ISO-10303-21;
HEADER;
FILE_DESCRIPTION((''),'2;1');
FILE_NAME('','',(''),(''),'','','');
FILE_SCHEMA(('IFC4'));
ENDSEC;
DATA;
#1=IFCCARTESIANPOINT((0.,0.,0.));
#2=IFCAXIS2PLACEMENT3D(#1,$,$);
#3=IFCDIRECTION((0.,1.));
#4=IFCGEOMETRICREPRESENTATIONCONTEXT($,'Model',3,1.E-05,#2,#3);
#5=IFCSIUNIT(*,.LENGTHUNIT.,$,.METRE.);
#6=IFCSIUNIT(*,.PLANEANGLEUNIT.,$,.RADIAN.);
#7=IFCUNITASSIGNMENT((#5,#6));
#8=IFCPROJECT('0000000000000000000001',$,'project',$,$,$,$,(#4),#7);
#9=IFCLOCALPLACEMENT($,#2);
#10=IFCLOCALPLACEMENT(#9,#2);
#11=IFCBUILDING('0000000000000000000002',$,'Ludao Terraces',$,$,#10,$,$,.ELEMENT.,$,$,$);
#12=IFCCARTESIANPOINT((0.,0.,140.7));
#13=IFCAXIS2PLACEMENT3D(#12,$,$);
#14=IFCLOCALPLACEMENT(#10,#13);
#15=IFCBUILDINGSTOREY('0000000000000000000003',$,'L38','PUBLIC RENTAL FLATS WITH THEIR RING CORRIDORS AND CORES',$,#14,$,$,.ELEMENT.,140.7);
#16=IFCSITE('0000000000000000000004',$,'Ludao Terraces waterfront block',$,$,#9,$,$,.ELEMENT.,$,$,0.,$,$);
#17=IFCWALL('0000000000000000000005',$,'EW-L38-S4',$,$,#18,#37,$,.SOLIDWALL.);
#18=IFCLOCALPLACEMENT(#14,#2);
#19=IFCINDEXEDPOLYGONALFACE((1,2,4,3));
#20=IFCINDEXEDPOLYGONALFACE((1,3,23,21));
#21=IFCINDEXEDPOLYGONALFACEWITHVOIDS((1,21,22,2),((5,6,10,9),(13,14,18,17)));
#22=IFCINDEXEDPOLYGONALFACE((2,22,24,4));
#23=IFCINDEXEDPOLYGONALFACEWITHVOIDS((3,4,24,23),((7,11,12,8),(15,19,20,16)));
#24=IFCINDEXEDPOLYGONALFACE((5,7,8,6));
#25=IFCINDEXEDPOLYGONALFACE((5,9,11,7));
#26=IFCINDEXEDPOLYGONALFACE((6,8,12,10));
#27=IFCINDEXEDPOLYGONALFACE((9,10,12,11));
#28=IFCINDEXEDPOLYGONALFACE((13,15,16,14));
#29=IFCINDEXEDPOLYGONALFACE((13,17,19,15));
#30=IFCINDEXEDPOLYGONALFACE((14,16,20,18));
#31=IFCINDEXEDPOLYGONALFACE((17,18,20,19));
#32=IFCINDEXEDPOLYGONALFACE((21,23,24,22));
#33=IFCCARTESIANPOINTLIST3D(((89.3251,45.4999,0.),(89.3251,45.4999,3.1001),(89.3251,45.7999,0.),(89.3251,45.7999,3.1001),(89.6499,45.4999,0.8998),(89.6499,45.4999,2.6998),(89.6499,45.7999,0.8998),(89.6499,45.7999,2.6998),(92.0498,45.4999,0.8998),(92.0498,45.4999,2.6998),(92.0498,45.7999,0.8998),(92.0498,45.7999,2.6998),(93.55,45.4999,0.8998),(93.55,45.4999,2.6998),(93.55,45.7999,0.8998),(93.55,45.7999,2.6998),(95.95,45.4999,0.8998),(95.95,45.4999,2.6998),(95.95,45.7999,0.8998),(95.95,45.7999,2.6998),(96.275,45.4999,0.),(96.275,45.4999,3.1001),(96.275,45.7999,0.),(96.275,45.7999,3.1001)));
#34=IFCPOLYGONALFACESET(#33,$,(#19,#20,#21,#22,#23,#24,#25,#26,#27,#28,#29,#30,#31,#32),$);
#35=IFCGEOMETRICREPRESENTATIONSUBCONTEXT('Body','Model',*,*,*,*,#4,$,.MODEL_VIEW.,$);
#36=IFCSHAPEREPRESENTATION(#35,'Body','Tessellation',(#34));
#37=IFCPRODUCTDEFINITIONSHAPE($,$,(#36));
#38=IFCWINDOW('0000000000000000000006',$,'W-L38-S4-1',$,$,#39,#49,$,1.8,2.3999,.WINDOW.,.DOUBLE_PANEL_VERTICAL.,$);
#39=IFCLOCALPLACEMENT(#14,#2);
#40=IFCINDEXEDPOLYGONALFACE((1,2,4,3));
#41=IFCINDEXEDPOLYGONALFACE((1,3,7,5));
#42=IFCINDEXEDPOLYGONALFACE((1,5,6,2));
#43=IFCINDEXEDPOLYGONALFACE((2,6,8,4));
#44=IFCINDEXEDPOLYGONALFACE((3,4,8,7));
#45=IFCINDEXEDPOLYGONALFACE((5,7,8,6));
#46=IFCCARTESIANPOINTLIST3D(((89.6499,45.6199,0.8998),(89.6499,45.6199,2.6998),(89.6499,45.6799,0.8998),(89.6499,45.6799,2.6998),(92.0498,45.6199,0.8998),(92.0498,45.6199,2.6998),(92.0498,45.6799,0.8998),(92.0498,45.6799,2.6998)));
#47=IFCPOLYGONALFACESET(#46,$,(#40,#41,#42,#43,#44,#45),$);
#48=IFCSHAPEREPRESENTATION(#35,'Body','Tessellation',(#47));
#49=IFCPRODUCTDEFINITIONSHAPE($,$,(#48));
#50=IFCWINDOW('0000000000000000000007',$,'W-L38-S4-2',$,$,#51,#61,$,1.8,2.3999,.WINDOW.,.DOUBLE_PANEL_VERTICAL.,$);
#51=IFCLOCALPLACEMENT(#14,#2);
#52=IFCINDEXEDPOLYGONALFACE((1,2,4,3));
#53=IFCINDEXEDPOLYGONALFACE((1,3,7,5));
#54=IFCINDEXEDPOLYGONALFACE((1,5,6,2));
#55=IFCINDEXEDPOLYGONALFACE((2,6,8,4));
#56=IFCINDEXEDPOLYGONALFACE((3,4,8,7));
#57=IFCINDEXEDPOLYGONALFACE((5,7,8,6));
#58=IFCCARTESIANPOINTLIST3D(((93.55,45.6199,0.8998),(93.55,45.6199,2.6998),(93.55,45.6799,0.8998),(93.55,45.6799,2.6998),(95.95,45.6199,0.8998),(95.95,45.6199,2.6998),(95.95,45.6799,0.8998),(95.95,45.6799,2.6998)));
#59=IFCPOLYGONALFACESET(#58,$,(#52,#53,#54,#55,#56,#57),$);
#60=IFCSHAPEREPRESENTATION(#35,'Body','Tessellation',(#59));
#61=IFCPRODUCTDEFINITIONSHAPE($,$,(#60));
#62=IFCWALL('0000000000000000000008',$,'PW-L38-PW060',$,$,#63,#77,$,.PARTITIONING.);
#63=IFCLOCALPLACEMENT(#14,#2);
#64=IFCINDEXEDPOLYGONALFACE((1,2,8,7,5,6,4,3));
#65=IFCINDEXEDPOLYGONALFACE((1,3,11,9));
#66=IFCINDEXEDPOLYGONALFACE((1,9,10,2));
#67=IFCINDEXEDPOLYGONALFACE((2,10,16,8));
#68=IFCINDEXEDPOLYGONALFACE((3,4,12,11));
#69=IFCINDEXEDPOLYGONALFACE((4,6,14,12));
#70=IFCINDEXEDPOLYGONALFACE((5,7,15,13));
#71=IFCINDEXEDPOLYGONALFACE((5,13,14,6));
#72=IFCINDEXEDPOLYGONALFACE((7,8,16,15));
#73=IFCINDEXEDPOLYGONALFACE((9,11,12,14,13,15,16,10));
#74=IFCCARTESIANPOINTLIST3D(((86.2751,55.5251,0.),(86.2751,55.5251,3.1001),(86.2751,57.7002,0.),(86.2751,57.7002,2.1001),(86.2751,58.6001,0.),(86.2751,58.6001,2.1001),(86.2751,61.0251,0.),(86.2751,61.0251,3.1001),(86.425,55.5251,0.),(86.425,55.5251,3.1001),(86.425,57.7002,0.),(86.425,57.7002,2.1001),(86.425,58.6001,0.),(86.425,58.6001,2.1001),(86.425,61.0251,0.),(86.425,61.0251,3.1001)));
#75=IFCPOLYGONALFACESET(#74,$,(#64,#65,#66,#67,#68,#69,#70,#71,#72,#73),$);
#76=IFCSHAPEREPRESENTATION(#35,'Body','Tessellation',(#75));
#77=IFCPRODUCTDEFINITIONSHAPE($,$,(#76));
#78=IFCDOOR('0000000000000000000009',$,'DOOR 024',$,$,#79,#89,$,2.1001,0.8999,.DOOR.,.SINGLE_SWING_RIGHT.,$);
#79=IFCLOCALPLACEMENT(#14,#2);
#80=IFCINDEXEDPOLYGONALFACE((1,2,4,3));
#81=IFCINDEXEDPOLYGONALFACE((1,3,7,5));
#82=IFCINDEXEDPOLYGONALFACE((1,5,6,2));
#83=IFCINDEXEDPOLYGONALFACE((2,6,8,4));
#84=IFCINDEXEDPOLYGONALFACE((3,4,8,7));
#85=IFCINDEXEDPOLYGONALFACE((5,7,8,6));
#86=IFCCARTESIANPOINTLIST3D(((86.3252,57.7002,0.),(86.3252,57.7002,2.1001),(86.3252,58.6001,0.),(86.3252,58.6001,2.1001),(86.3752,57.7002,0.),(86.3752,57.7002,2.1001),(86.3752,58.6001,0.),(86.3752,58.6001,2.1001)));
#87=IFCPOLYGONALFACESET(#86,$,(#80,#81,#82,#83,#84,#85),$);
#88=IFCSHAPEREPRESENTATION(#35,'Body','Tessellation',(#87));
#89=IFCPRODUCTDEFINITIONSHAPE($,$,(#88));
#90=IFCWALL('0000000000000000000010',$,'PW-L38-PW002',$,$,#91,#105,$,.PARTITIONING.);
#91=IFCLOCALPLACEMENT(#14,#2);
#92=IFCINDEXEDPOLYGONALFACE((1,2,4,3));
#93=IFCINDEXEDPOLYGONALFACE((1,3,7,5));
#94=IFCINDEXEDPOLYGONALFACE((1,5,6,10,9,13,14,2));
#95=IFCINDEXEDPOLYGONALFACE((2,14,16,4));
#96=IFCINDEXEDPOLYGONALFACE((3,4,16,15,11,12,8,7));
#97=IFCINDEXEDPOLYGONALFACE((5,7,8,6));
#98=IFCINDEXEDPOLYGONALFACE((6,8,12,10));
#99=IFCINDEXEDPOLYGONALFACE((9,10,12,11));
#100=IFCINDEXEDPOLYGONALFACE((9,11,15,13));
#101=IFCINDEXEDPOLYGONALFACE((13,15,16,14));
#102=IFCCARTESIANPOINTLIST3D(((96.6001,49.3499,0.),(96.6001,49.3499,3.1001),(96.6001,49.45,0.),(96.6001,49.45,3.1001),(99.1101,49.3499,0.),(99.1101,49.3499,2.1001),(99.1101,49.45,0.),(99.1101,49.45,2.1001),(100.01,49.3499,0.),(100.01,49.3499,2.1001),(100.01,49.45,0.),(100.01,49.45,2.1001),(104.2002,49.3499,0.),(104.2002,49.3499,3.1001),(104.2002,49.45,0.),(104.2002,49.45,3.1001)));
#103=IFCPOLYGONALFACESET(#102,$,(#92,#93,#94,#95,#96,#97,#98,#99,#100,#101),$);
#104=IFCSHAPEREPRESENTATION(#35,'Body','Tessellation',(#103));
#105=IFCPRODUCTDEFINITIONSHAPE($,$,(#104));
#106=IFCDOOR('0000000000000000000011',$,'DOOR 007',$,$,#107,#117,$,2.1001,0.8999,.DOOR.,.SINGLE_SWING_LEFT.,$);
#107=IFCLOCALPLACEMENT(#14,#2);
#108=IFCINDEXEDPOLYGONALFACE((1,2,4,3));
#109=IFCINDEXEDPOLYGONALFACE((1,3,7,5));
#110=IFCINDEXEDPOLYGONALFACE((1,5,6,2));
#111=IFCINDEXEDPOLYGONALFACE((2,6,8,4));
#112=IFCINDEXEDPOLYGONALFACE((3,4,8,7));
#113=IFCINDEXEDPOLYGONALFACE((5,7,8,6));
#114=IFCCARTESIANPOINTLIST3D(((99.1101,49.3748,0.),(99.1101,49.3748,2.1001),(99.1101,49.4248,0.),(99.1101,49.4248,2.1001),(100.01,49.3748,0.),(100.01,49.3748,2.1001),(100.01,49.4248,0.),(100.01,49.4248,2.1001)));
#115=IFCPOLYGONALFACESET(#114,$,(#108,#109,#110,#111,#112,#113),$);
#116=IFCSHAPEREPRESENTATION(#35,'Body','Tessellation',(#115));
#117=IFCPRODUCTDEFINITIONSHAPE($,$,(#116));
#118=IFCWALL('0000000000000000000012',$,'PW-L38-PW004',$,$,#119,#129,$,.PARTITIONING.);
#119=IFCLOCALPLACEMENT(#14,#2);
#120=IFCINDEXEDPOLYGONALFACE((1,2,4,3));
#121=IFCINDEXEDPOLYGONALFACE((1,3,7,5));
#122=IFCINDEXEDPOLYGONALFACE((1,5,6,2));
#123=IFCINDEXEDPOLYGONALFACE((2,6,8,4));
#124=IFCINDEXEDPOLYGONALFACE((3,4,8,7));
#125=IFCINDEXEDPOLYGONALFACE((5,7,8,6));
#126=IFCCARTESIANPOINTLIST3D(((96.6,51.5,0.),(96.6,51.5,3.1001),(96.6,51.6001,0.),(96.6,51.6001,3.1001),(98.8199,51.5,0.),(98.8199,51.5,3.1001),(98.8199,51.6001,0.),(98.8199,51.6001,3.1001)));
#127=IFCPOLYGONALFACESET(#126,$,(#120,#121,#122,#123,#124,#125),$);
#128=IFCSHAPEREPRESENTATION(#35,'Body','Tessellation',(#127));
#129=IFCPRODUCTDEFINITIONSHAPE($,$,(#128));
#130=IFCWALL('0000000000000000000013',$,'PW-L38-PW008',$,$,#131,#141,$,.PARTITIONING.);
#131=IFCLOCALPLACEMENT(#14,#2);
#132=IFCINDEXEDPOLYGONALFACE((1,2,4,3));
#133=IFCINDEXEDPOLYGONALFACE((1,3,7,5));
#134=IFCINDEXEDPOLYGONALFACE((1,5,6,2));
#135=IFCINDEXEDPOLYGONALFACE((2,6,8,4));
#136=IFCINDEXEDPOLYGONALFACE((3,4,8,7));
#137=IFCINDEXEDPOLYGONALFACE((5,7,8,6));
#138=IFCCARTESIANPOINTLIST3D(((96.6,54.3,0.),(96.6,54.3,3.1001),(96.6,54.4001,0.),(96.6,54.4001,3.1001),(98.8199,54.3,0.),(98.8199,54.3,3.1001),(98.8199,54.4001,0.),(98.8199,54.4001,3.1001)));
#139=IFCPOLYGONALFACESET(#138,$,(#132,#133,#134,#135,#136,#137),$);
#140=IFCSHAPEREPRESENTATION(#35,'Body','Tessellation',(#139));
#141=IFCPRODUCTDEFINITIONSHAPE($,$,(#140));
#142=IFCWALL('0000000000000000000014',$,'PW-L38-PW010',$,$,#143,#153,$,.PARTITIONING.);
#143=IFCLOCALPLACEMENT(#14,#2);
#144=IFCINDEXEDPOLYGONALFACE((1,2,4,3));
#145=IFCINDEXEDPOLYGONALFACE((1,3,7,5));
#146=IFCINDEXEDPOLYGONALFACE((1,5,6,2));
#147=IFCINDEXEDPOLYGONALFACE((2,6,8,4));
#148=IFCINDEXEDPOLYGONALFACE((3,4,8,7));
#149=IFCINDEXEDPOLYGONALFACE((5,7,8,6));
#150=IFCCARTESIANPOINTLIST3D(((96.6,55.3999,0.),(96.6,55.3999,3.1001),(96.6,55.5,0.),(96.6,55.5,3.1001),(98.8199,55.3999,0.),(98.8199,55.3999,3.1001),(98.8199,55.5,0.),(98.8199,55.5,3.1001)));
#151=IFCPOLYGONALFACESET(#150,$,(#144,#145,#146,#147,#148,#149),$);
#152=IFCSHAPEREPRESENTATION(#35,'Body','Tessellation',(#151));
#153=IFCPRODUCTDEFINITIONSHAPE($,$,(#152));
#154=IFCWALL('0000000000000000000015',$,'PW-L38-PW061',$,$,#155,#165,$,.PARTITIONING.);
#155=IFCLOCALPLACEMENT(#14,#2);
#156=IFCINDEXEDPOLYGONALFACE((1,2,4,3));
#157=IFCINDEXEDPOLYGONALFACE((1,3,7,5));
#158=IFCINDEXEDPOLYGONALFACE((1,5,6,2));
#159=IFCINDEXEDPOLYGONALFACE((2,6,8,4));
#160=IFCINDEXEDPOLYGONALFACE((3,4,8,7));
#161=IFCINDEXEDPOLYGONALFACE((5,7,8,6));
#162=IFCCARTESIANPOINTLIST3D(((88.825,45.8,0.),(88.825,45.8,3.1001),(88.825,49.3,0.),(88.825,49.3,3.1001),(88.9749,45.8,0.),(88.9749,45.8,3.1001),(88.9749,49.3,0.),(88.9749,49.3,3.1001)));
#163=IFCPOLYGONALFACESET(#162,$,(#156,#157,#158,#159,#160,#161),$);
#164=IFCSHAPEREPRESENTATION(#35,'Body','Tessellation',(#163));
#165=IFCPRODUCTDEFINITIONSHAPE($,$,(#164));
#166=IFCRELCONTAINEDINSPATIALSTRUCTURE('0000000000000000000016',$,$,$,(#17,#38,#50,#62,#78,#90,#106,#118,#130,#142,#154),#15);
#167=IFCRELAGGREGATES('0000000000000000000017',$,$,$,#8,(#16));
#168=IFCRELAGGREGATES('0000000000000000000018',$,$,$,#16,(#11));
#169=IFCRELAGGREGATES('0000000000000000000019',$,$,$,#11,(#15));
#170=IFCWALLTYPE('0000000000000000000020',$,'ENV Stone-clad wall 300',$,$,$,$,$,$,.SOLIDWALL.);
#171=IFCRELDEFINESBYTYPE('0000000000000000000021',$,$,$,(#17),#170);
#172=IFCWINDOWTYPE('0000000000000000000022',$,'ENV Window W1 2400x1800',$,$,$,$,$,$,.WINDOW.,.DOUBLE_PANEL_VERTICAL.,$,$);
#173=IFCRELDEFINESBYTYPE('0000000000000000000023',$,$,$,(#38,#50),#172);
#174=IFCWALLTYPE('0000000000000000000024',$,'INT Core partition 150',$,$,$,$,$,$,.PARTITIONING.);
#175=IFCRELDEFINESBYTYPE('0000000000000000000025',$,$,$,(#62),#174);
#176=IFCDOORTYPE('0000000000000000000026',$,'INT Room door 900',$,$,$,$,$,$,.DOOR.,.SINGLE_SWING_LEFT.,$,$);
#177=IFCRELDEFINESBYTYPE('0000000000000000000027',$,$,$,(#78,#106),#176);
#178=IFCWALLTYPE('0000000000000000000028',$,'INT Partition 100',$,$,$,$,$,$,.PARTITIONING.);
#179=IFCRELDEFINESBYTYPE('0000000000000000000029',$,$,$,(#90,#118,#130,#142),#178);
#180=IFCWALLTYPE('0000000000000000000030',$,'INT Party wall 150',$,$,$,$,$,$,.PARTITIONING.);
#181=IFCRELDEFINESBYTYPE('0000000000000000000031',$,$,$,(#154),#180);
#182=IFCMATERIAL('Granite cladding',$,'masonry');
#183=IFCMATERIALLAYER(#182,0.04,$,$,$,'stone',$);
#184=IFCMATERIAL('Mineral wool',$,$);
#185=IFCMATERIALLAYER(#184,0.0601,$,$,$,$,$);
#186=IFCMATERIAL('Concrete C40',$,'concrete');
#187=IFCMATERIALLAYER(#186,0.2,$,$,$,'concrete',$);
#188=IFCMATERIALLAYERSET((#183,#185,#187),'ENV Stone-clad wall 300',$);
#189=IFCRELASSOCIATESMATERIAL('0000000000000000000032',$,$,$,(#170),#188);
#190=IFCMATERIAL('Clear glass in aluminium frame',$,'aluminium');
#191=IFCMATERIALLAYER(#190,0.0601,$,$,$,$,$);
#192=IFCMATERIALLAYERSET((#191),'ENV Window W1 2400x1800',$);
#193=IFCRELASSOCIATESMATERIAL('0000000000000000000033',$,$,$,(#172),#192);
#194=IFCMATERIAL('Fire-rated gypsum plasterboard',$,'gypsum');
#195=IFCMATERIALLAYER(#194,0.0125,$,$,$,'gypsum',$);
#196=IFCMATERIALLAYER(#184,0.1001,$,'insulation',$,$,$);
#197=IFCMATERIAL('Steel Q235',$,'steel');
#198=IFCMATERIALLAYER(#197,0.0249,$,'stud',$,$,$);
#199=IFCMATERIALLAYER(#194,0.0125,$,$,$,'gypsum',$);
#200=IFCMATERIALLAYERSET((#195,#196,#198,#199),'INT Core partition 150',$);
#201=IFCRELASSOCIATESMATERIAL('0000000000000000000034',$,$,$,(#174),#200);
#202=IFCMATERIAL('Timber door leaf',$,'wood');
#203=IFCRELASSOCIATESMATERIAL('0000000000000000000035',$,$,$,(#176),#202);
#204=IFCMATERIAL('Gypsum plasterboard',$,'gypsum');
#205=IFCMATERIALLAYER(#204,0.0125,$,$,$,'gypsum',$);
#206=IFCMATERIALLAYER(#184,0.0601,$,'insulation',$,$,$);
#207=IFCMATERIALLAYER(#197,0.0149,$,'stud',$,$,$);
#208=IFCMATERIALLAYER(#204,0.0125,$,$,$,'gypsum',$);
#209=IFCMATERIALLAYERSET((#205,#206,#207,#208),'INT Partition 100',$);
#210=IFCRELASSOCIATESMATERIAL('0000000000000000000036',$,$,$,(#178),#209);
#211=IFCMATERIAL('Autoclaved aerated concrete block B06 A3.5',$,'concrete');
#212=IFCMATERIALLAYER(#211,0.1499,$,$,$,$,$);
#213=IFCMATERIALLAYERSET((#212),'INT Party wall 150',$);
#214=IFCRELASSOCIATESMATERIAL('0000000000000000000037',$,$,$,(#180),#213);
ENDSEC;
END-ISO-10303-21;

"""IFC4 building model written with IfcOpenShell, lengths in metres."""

from ifc_helpers import new_model, si_unit, direction, frame, frame_2d, origin, place, context, subcontext, project, spatial, rectangle, extrude, material, layer, layer_set, type_object, element, fill, save


model = new_model("IFC4")

# Units and contexts
model_context = context("Model", 3, precision=1e-05, world=origin(), true_north=direction((0.0, 1.0)))
body_context = subcontext(model_context, "Body", "Model", "MODEL_VIEW")
ifc_project = project(units=[si_unit("LENGTHUNIT", "METRE"), si_unit("PLANEANGLEUNIT", "RADIAN")], contexts=[model_context])

# Site, building, storey
site_placement = place(None, origin())
site = spatial("IfcSite", under=ifc_project, at=site_placement, Name="Ludao Terraces waterfront block", CompositionType="ELEMENT", RefElevation=0.0)
building_placement = place(site_placement, origin())
building = spatial("IfcBuilding", under=site, at=building_placement, Name="Ludao Terraces", CompositionType="ELEMENT")
storey_placement = place(building_placement, frame((0.0, 0.0, 140.7)))
storey = spatial("IfcBuildingStorey", under=building, at=storey_placement, Name="L38", Description="PUBLIC RENTAL FLATS WITH THEIR RING CORRIDORS AND CORES", CompositionType="ELEMENT", Elevation=140.7)

# Shared definitions
ifc_material_1 = material(Name="Concrete C40", Category="concrete")

# Shared definitions
ifc_material_2 = material(Name="Steel Q235", Category="steel")

# Wall, openings, windows
ifc_material_3 = material(Name="Granite cladding", Category="masonry")
ifc_layer_1 = layer(ifc_material_3, 0.04, Category="stone")
ifc_material_4 = material(Name="Mineral wool")
ifc_layer_2 = layer(ifc_material_4, 0.0601)
ifc_layer_3 = layer(ifc_material_1, 0.2, Category="concrete")
ifc_layer_set_1 = layer_set([ifc_layer_1, ifc_layer_2, ifc_layer_3], Name="ENV Stone-clad wall 300")
wall_type_1 = type_object("IfcWallType", Name="ENV Stone-clad wall 300", PredefinedType="SOLIDWALL", material=ifc_layer_set_1)
wall_1_placement = place(storey_placement, frame((89.325, 45.6499, 0.0), z_axis=(0.0, 0.0, 1.0), x_axis=(1.0, 0.0, 0.0)))
wall_1 = element("IfcWall", 1, at=wall_1_placement, inside=storey, type_object=wall_type_1, Name="EW-L38-S4", PredefinedType="SOLIDWALL", context=body_context, shape_type="SweptSolid", body=[
    extrude(rectangle(XDim=6.95, YDim=0.3, at=frame_2d((3.4751, 0.0))), origin(), (0.0, 0.0, 1.0), 3.1001),
])
opening_1_placement = place(wall_1_placement, frame((0.325, 0.0, 0.8999)))
opening_1 = element("IfcOpeningElement", 2, at=opening_1_placement, cuts=wall_1, PredefinedType="OPENING", context=body_context, shape_type="SweptSolid", body=[
    extrude(rectangle(XDim=2.3999, YDim=1.8, at=frame_2d((1.2, 0.8999))), frame((0.0, 0.1602, 0.0), z_axis=(0.0, -1.0, 0.0), x_axis=(1.0, 0.0, 0.0)), (0.0, 0.0, 1.0), 0.3201),
])
opening_2_placement = place(wall_1_placement, frame((4.2251, 0.0, 0.8999)))
opening_2 = element("IfcOpeningElement", 3, at=opening_2_placement, cuts=wall_1, PredefinedType="OPENING", context=body_context, shape_type="SweptSolid", body=[
    extrude(rectangle(XDim=2.3999, YDim=1.8, at=frame_2d((1.2, 0.8999))), frame((0.0, 0.1602, 0.0), z_axis=(0.0, -1.0, 0.0), x_axis=(1.0, 0.0, 0.0)), (0.0, 0.0, 1.0), 0.3201),
])
ifc_material_5 = material(Name="Clear glass in aluminium frame", Category="aluminium")
ifc_layer_4 = layer(ifc_material_5, 0.0601)
ifc_layer_set_2 = layer_set([ifc_layer_4], Name="ENV Window W1 2400x1800")
window_type = type_object("IfcWindowType", Name="ENV Window W1 2400x1800", PartitioningType="DOUBLE_PANEL_VERTICAL", PredefinedType="WINDOW", material=ifc_layer_set_2)
window_1_placement = place(opening_1_placement, origin())
window_1 = element("IfcWindow", 4, at=window_1_placement, inside=storey, type_object=window_type, Name="W-L38-S4-1", OverallHeight=1.8, OverallWidth=2.3999, PartitioningType="DOUBLE_PANEL_VERTICAL", PredefinedType="WINDOW", context=body_context, shape_type="SweptSolid", body=[
    extrude(rectangle(XDim=2.3999, YDim=1.8, at=frame_2d((1.2, 0.8999))), frame((0.0, 0.03, 0.0), z_axis=(0.0, -1.0, 0.0), x_axis=(1.0, 0.0, 0.0)), (0.0, 0.0, 1.0), 0.0601),
])
fill(opening_1, window_1)
window_2_placement = place(opening_2_placement, origin())
window_2 = element("IfcWindow", 5, at=window_2_placement, inside=storey, type_object=window_type, Name="W-L38-S4-2", OverallHeight=1.8, OverallWidth=2.3999, PartitioningType="DOUBLE_PANEL_VERTICAL", PredefinedType="WINDOW", context=body_context, shape_type="SweptSolid", body=[
    extrude(rectangle(XDim=2.3999, YDim=1.8, at=frame_2d((1.2, 0.8999))), frame((0.0, 0.03, 0.0), z_axis=(0.0, -1.0, 0.0), x_axis=(1.0, 0.0, 0.0)), (0.0, 0.0, 1.0), 0.0601),
])
fill(opening_2, window_2)

# Walls, openings, doors
ifc_material_6 = material(Name="Fire-rated gypsum plasterboard", Category="gypsum")
ifc_layer_5 = layer(ifc_material_6, 0.0125, Category="gypsum")
ifc_layer_6 = layer(ifc_material_4, 0.1001, Name="insulation")
ifc_layer_7 = layer(ifc_material_2, 0.0249, Name="stud")
ifc_layer_8 = layer(ifc_material_6, 0.0125, Category="gypsum")
ifc_layer_set_3 = layer_set([ifc_layer_5, ifc_layer_6, ifc_layer_7, ifc_layer_8], Name="INT Core partition 150")
wall_type_2 = type_object("IfcWallType", Name="INT Core partition 150", PredefinedType="PARTITIONING", material=ifc_layer_set_3)
wall_2_placement = place(storey_placement, frame((86.3501, 55.5251, 0.0), z_axis=(0.0, 0.0, 1.0), x_axis=(0.0, 1.0, 0.0)))
wall_2 = element("IfcWall", 6, at=wall_2_placement, inside=storey, type_object=wall_type_2, Name="PW-L38-PW060", PredefinedType="PARTITIONING", context=body_context, shape_type="SweptSolid", body=[
    extrude(rectangle(XDim=5.5, YDim=0.1499, at=frame_2d((2.75, 0.0))), origin(), (0.0, 0.0, 1.0), 3.1001),
])
opening_3_placement = place(wall_2_placement, frame((2.175, 0.0, 0.0)))
opening_3 = element("IfcOpeningElement", 7, at=opening_3_placement, cuts=wall_2, PredefinedType="OPENING", context=body_context, shape_type="SweptSolid", body=[
    extrude(rectangle(XDim=0.8999, YDim=2.1001, at=frame_2d((0.45, 1.05))), frame((0.0, 0.085, 0.0), z_axis=(0.0, -1.0, 0.0), x_axis=(1.0, 0.0, 0.0)), (0.0, 0.0, 1.0), 0.1699),
])
ifc_material_7 = material(Name="Timber door leaf", Category="wood")
door_type_1 = type_object("IfcDoorType", Name="INT Room door 900", OperationType="SINGLE_SWING_LEFT", PredefinedType="DOOR", material=ifc_material_7)
door_1_placement = place(opening_3_placement, origin())
door_1 = element("IfcDoor", 8, at=door_1_placement, inside=storey, type_object=door_type_1, Name="DOOR 024", OperationType="SINGLE_SWING_RIGHT", OverallHeight=2.1001, OverallWidth=0.8999, PredefinedType="DOOR", context=body_context, shape_type="SweptSolid", body=[
    extrude(rectangle(XDim=0.8999, YDim=2.1001, at=frame_2d((0.45, 1.05))), frame((0.0, 0.0249, 0.0), z_axis=(0.0, -1.0, 0.0), x_axis=(1.0, 0.0, 0.0)), (0.0, 0.0, 1.0), 0.05),
])
fill(opening_3, door_1)
ifc_material_8 = material(Name="Gypsum plasterboard", Category="gypsum")
ifc_layer_9 = layer(ifc_material_8, 0.0125, Category="gypsum")
ifc_layer_10 = layer(ifc_material_4, 0.0601, Name="insulation")
ifc_layer_11 = layer(ifc_material_2, 0.0149, Name="stud")
ifc_layer_12 = layer(ifc_material_8, 0.0125, Category="gypsum")
ifc_layer_set_4 = layer_set([ifc_layer_9, ifc_layer_10, ifc_layer_11, ifc_layer_12], Name="INT Partition 100")
wall_type_3 = type_object("IfcWallType", Name="INT Partition 100", PredefinedType="PARTITIONING", material=ifc_layer_set_4)
wall_3_placement = place(storey_placement, frame((96.6001, 49.3999, 0.0), z_axis=(0.0, 0.0, 1.0), x_axis=(1.0, 0.0, 0.0)))
wall_3 = element("IfcWall", 9, at=wall_3_placement, inside=storey, type_object=wall_type_3, Name="PW-L38-PW002", PredefinedType="PARTITIONING", context=body_context, shape_type="SweptSolid", body=[
    extrude(rectangle(XDim=7.6001, YDim=0.1001, at=frame_2d((3.8, 0.0))), origin(), (0.0, 0.0, 1.0), 3.1001),
])
opening_4_placement = place(wall_3_placement, frame((2.51, 0.0, 0.0)))
opening_4 = element("IfcOpeningElement", 10, at=opening_4_placement, cuts=wall_3, PredefinedType="OPENING", context=body_context, shape_type="SweptSolid", body=[
    extrude(rectangle(XDim=0.8999, YDim=2.1001, at=frame_2d((0.45, 1.05))), frame((0.0, 0.0601, 0.0), z_axis=(0.0, -1.0, 0.0), x_axis=(1.0, 0.0, 0.0)), (0.0, 0.0, 1.0), 0.1201),
])
door_2_placement = place(opening_4_placement, origin())
door_2 = element("IfcDoor", 11, at=door_2_placement, inside=storey, type_object=door_type_1, Name="DOOR 007", OperationType="SINGLE_SWING_LEFT", OverallHeight=2.1001, OverallWidth=0.8999, PredefinedType="DOOR", context=body_context, shape_type="SweptSolid", body=[
    extrude(rectangle(XDim=0.8999, YDim=2.1001, at=frame_2d((0.45, 1.05))), frame((0.0, 0.0249, 0.0), z_axis=(0.0, -1.0, 0.0), x_axis=(1.0, 0.0, 0.0)), (0.0, 0.0, 1.0), 0.05),
])
fill(opening_4, door_2)

# Walls
for number, where, z_axis, x_axis, name in (
    (12, (96.6001, 51.55, 0.0), (0.0, 0.0, 1.0), (1.0, 0.0, 0.0), "PW-L38-PW004"),
    (13, (96.6001, 54.3501, 0.0), (0.0, 0.0, 1.0), (1.0, 0.0, 0.0), "PW-L38-PW008"),
    (14, (96.6001, 55.45, 0.0), (0.0, 0.0, 1.0), (1.0, 0.0, 0.0), "PW-L38-PW010"),
):
    element("IfcWall", number, at=place(storey_placement, frame(where, z_axis=z_axis, x_axis=x_axis)), inside=storey, type_object=wall_type_3, Name=name, PredefinedType="PARTITIONING", context=body_context, shape_type="SweptSolid", body=[
        extrude(rectangle(XDim=2.22, YDim=0.1001, at=frame_2d((1.1099, 0.0))), origin(), (0.0, 0.0, 1.0), 3.1001),
    ])
ifc_material_9 = material(Name="Autoclaved aerated concrete block B06 A3.5", Category="concrete")
ifc_layer_13 = layer(ifc_material_9, 0.1499)
ifc_layer_set_5 = layer_set([ifc_layer_13], Name="INT Party wall 150")
wall_type_4 = type_object("IfcWallType", Name="INT Party wall 150", PredefinedType="PARTITIONING", material=ifc_layer_set_5)
wall_4_placement = place(storey_placement, frame((88.8999, 45.8, 0.0), z_axis=(0.0, 0.0, 1.0), x_axis=(0.0, 1.0, 0.0)))
element("IfcWall", 15, at=wall_4_placement, inside=storey, type_object=wall_type_4, Name="PW-L38-PW061", PredefinedType="PARTITIONING", context=body_context, shape_type="SweptSolid", body=[
    extrude(rectangle(XDim=3.5, YDim=0.1499, at=frame_2d((1.75, 0.0))), origin(), (0.0, 0.0, 1.0), 3.1001),
])

save(model, "model.ifc")
